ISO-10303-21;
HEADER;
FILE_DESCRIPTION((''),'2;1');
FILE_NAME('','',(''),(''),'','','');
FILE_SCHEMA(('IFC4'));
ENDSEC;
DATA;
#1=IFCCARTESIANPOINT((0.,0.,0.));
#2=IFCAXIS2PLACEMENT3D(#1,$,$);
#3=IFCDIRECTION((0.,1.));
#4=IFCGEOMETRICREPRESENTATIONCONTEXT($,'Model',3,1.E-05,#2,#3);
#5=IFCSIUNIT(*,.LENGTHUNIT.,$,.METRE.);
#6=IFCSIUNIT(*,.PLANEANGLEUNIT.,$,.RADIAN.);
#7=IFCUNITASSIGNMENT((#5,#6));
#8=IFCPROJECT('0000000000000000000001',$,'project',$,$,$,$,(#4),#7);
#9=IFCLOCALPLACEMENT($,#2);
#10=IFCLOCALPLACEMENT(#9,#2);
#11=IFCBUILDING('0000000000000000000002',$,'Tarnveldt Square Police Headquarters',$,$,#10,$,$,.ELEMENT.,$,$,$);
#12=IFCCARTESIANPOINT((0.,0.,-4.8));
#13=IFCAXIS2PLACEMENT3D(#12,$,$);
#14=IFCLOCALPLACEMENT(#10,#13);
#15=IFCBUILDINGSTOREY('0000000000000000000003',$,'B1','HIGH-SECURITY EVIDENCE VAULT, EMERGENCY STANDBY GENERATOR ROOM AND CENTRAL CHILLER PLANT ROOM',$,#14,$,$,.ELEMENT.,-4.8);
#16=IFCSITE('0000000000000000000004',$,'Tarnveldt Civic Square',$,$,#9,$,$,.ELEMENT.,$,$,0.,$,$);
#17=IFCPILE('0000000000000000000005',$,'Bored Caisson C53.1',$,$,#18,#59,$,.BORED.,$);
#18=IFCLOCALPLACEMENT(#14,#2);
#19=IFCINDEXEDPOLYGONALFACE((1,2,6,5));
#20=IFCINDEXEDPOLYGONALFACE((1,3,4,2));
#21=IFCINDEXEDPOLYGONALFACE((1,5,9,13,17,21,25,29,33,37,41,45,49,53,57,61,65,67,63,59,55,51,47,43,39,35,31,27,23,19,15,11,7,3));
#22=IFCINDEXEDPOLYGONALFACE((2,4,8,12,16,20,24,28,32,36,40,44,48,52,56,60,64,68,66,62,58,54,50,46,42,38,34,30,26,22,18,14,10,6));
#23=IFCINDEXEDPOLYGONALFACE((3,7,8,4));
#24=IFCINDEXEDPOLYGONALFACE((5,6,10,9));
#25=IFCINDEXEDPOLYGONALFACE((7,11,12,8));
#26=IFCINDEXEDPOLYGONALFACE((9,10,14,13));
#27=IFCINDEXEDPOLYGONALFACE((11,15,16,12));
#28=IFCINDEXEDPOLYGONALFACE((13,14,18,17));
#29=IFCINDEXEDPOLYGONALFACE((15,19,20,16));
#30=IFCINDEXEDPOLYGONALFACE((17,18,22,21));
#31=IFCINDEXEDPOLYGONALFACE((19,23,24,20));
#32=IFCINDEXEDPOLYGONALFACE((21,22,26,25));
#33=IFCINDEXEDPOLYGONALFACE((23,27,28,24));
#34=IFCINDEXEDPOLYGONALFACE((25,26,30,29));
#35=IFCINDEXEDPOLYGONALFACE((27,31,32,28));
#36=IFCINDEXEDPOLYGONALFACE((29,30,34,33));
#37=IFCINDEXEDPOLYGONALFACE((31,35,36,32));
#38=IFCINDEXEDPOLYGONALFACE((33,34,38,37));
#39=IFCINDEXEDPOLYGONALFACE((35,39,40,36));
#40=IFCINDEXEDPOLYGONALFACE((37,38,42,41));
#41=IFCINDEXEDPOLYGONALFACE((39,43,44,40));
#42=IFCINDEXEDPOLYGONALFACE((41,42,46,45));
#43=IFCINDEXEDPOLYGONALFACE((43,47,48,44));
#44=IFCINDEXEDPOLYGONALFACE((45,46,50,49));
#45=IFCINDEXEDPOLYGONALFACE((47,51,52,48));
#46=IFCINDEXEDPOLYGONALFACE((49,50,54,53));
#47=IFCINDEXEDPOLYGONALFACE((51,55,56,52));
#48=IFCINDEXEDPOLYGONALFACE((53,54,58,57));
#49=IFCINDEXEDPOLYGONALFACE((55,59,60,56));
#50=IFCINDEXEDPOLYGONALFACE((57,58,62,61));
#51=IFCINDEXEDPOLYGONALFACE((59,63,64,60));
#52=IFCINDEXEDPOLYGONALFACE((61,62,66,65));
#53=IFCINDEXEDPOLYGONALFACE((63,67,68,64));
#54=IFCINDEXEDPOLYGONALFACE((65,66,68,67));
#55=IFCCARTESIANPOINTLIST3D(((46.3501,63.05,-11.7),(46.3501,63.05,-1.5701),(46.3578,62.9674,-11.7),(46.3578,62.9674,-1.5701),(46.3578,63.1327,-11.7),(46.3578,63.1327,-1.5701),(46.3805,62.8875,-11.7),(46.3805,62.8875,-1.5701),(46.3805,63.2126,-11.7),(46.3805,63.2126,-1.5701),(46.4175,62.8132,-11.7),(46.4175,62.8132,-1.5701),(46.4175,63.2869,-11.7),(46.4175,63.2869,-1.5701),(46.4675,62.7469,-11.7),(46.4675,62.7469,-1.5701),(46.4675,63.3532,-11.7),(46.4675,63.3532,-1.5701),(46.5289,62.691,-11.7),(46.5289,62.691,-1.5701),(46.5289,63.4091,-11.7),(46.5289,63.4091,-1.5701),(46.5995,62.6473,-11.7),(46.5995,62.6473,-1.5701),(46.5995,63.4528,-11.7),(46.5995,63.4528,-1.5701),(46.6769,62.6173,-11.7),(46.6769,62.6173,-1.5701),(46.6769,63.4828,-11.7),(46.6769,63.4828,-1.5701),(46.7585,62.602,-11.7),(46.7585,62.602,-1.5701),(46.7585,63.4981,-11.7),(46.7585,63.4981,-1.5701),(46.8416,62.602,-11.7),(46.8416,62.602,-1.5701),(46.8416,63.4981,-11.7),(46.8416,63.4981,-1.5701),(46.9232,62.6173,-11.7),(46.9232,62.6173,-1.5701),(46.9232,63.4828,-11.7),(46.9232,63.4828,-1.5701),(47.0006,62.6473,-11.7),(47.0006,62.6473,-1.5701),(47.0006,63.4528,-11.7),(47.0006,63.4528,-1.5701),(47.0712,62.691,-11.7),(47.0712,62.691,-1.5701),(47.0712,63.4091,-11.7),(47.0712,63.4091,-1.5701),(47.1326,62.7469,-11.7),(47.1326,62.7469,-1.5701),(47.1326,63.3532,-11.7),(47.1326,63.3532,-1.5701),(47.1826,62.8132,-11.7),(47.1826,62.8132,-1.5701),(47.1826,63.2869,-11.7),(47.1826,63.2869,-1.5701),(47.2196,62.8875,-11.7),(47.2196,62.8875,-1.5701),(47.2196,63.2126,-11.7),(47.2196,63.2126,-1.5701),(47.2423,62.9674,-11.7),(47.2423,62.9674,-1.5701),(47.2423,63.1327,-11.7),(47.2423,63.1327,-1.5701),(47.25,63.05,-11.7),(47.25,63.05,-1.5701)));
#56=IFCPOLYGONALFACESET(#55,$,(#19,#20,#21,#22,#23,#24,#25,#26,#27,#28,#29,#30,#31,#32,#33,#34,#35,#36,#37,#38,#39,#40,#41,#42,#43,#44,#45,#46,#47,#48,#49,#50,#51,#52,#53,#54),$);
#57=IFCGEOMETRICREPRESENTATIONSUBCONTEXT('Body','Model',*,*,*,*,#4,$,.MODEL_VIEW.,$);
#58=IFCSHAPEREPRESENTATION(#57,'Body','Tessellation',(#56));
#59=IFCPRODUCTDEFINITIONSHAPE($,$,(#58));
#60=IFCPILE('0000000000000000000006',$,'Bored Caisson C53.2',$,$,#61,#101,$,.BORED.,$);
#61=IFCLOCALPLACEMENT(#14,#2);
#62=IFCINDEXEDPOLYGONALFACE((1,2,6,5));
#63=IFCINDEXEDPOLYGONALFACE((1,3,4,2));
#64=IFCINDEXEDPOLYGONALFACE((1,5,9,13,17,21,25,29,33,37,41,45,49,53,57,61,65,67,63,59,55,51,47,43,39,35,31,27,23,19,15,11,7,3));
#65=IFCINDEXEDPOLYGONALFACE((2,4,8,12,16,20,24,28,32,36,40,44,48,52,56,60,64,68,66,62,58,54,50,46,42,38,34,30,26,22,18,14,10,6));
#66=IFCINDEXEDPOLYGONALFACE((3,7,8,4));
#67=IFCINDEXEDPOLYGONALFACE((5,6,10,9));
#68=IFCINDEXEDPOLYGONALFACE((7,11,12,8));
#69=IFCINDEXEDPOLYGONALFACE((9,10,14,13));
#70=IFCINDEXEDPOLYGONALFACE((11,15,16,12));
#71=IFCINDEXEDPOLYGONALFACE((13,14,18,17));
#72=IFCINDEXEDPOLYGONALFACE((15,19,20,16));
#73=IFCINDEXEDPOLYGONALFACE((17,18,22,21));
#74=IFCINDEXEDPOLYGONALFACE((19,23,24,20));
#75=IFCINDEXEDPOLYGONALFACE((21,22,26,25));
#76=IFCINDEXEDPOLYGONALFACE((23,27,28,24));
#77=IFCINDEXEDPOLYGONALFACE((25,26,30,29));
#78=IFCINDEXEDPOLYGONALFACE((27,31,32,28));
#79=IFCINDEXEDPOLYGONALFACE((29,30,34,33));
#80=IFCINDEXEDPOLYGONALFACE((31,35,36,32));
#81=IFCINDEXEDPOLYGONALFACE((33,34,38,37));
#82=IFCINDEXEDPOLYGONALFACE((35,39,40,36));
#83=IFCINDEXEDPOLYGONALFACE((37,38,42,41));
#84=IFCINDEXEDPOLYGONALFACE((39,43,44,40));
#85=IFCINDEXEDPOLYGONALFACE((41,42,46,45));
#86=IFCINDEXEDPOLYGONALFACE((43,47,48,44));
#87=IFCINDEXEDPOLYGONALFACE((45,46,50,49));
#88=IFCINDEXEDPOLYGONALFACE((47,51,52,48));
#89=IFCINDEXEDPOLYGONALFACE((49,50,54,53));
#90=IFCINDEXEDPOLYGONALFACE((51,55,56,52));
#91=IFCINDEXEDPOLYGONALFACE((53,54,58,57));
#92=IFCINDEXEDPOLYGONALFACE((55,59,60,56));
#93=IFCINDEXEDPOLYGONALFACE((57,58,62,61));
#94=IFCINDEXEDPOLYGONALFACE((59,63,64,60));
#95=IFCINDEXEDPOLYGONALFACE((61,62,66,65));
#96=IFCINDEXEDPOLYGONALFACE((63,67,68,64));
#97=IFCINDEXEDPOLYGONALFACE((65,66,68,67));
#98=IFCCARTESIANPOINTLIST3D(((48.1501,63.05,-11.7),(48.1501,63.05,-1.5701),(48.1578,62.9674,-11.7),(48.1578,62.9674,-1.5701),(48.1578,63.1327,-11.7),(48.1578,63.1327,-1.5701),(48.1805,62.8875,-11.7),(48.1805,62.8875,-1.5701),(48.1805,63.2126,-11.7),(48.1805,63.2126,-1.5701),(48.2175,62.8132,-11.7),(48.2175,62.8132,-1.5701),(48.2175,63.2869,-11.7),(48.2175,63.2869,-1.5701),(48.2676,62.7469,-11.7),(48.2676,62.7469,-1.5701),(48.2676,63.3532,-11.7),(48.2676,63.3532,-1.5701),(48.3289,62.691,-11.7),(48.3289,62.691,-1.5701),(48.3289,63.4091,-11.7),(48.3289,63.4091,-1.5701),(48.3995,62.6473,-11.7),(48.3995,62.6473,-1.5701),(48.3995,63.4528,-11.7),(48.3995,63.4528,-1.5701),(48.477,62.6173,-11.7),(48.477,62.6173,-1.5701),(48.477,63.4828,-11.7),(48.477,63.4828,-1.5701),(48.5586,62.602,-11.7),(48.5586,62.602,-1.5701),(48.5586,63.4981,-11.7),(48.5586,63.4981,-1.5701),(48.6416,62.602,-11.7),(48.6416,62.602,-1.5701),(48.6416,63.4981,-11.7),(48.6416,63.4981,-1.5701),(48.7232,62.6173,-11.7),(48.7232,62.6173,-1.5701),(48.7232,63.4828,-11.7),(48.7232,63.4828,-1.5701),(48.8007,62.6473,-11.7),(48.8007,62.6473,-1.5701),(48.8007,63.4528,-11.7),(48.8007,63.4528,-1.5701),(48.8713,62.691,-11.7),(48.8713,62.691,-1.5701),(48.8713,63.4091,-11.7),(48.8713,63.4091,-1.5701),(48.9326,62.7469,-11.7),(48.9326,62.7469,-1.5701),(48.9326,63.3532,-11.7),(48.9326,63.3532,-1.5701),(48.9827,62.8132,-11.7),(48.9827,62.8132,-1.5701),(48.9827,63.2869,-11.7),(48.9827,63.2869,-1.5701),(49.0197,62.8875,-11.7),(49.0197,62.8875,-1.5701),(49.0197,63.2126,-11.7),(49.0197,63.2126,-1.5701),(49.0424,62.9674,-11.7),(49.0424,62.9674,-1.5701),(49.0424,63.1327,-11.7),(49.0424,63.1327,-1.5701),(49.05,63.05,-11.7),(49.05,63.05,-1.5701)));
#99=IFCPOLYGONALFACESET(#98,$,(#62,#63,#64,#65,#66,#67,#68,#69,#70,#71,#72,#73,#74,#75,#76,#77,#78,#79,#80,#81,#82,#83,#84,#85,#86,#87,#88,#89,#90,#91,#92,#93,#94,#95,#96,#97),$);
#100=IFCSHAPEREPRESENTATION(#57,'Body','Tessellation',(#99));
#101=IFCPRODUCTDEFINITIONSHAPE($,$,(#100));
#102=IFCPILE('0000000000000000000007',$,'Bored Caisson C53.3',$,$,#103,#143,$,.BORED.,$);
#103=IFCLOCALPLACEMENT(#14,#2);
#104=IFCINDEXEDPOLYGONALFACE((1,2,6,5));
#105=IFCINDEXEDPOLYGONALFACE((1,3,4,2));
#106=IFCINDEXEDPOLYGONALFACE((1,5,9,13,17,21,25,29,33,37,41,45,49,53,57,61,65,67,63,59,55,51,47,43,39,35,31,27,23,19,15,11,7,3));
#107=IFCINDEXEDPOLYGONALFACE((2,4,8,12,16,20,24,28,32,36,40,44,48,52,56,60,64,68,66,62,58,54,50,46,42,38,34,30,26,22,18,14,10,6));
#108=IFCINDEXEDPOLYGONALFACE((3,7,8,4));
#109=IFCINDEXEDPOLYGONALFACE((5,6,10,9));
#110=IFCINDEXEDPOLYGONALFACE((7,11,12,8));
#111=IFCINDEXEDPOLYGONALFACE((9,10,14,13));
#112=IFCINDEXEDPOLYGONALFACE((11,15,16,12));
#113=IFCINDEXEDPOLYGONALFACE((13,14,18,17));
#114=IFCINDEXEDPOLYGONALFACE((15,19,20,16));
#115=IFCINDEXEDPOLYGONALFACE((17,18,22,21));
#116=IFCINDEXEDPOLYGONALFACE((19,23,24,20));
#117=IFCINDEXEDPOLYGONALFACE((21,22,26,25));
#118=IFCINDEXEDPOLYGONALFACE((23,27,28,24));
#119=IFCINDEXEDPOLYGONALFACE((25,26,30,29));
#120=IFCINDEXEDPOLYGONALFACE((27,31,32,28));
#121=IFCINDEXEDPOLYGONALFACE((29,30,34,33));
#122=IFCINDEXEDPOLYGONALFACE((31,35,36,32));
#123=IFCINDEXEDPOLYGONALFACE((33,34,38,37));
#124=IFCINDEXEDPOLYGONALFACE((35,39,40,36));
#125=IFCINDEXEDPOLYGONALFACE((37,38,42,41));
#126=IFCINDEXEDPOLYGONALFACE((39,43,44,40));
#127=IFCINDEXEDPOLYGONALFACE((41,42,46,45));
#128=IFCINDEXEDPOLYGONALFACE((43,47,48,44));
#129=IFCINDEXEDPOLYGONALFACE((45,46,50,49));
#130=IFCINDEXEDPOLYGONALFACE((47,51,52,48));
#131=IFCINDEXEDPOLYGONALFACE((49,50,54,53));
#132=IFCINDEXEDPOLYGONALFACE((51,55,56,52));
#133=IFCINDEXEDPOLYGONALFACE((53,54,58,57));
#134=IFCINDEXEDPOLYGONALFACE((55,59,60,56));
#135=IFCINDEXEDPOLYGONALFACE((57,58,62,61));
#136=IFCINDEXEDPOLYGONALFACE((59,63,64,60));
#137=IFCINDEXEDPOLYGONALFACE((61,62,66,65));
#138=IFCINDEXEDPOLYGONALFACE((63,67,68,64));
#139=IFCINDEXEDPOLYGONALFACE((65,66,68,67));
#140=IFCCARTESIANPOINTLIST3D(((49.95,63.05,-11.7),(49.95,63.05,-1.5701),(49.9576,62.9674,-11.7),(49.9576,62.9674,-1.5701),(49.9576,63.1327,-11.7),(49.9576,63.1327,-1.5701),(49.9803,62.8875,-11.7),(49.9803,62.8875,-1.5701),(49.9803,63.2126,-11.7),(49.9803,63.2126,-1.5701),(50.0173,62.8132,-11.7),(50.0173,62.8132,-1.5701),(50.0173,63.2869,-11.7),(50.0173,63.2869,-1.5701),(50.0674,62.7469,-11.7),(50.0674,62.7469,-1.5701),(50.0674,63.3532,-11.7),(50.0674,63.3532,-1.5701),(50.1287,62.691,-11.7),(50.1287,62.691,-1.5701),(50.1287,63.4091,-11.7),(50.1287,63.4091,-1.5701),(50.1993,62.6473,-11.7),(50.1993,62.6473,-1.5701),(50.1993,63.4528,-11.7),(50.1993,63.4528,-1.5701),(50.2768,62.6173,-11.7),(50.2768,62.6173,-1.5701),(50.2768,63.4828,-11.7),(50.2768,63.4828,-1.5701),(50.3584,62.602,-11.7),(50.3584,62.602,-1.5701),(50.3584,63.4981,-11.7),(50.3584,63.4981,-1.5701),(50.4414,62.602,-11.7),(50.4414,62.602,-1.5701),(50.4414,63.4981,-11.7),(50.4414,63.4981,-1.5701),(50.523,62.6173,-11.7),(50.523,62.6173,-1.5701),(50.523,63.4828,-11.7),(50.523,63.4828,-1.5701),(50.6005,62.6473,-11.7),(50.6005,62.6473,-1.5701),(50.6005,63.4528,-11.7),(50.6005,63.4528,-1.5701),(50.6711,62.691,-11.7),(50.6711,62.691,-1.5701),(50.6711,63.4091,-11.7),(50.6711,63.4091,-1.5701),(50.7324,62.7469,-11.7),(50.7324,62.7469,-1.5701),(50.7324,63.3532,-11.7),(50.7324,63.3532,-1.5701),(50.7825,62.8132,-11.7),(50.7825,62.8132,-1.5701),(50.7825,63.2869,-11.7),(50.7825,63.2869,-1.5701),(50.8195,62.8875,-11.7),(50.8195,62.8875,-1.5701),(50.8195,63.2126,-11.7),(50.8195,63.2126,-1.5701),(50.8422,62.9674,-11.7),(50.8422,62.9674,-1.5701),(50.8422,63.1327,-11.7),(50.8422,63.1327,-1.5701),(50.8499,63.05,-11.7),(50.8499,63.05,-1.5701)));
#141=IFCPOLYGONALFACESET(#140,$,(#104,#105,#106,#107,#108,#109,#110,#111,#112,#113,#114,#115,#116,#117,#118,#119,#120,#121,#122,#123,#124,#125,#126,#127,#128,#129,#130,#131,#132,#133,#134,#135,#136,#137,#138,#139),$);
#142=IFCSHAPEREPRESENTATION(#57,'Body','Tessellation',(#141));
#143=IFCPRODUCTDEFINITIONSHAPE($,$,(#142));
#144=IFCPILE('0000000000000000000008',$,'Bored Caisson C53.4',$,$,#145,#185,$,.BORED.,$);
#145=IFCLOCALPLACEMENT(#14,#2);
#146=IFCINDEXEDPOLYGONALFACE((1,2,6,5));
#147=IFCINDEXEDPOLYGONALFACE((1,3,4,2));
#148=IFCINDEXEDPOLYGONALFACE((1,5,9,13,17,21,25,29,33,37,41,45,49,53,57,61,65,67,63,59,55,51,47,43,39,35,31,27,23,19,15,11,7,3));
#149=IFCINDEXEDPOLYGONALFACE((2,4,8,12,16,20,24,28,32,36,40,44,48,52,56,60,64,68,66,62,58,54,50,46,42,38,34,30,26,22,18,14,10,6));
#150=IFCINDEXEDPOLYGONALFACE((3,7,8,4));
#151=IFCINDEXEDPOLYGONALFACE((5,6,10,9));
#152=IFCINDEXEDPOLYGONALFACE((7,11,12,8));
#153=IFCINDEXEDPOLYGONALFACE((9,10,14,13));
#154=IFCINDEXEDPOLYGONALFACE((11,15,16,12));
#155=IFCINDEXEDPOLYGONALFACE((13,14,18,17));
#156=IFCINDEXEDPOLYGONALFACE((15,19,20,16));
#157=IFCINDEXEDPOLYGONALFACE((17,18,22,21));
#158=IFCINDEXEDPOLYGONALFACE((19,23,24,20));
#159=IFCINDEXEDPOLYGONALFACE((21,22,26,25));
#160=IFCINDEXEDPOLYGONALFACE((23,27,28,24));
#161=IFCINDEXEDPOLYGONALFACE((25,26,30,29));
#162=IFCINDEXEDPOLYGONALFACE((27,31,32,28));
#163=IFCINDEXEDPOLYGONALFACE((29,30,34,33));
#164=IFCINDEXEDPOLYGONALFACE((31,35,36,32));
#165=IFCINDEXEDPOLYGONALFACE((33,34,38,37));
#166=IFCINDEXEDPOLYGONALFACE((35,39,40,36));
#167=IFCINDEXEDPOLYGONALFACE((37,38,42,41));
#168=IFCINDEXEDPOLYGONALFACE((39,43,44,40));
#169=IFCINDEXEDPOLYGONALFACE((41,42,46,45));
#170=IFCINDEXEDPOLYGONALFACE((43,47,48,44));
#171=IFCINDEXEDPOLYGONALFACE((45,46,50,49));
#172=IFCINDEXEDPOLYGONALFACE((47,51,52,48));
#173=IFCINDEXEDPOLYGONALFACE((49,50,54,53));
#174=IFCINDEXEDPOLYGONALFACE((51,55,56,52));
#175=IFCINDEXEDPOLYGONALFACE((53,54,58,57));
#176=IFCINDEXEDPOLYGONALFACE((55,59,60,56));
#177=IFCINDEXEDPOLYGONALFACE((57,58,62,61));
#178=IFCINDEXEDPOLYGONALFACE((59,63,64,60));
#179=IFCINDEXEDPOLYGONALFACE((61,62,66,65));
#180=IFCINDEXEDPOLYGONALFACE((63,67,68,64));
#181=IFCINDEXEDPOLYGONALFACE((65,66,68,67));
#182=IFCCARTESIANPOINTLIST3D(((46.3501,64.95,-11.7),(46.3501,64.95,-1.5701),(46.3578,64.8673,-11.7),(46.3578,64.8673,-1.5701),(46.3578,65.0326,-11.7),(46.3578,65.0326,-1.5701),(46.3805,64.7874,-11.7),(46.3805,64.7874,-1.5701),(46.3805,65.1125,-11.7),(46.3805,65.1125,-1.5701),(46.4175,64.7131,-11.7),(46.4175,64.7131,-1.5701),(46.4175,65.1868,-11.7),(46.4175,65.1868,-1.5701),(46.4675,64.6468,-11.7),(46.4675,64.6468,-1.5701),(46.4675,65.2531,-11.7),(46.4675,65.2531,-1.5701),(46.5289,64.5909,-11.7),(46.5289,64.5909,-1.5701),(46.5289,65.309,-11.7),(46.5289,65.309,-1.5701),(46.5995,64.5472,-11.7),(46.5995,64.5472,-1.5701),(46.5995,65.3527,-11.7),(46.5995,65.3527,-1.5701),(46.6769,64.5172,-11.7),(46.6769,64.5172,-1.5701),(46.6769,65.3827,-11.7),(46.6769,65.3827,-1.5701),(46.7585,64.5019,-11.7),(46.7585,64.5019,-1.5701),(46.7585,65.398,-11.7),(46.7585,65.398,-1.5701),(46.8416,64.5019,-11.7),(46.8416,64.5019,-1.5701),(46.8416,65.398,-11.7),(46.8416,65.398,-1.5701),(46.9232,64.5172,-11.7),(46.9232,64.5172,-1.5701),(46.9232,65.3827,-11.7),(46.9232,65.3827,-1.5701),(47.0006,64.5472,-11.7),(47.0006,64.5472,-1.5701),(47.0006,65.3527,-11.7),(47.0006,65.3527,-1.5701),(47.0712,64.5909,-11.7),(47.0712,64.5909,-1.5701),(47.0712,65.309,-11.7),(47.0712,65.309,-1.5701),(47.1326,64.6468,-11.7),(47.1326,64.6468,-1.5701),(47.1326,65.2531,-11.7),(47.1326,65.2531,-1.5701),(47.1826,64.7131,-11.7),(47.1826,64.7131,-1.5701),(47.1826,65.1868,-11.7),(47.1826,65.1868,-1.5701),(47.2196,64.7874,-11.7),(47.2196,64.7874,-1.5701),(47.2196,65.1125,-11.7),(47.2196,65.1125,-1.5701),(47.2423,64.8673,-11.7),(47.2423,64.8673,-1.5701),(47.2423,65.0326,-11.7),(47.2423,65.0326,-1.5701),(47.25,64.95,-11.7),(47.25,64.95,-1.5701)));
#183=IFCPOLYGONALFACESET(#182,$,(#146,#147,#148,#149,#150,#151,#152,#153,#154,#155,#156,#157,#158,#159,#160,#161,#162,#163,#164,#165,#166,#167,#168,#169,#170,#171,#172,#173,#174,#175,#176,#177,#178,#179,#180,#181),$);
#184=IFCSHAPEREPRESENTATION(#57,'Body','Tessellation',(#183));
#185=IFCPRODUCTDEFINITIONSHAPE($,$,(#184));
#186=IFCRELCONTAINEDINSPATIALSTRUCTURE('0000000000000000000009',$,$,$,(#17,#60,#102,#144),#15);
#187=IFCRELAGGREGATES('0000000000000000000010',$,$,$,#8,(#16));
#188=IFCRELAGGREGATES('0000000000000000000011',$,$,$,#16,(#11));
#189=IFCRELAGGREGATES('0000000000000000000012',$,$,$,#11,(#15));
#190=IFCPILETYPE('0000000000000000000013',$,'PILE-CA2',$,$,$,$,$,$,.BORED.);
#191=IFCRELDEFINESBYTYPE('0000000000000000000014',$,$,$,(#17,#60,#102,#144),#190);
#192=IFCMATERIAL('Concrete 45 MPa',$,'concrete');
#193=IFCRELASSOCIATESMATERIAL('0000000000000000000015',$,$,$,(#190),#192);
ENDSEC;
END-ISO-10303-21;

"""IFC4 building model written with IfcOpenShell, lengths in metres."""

from ifc_helpers import new_model, si_unit, direction, frame, origin, origin_2d, place, context, subcontext, project, spatial, circle, extrude, material, material_profile, profile_set, type_object, element, save


model = new_model("IFC4")

# Units and contexts
model_context = context("Model", 3, precision=1e-05, world=origin(), true_north=direction((0.0, 1.0)))
body_context = subcontext(model_context, "Body", "Model", "MODEL_VIEW")
ifc_project = project(units=[si_unit("LENGTHUNIT", "METRE"), si_unit("PLANEANGLEUNIT", "RADIAN")], contexts=[model_context])

# Site, building, storey
site_placement = place(None, origin())
site = spatial("IfcSite", under=ifc_project, at=site_placement, Name="Tarnveldt Civic Square", CompositionType="ELEMENT", RefElevation=0.0)
building_placement = place(site_placement, origin())
building = spatial("IfcBuilding", under=site, at=building_placement, Name="Tarnveldt Square Police Headquarters", CompositionType="ELEMENT")
storey_placement = place(building_placement, frame((0.0, 0.0, -4.8)))
storey = spatial("IfcBuildingStorey", under=building, at=storey_placement, Name="B1", Description="HIGH-SECURITY EVIDENCE VAULT, EMERGENCY STANDBY GENERATOR ROOM AND CENTRAL CHILLER PLANT ROOM", CompositionType="ELEMENT", Elevation=-4.8)

# Shared definitions
ifc_material_1 = material(Name="Concrete 45 MPa", Category="concrete")

# Piles
ifc_material_profile_1 = material_profile(ifc_material_1, circle(Radius=0.45, at=origin_2d()), Name="CAISSON-D900")
ifc_profile_set_1 = profile_set([ifc_material_profile_1], Name="Concrete 45 MPa")
pile_type_1 = type_object("IfcPileType", Name="PILE-CA2", PredefinedType="BORED", material=ifc_profile_set_1)
for number, where, z_axis, x_axis, name in (
    (1, (46.8, 63.05, -1.5701), (0.0, 0.0, -1.0), (1.0, 0.0, 0.0), "Bored Caisson C53.1"),
    (2, (48.6001, 63.05, -1.5701), (0.0, 0.0, -1.0), (1.0, 0.0, 0.0), "Bored Caisson C53.2"),
    (3, (50.3999, 63.05, -1.5701), (0.0, 0.0, -1.0), (1.0, 0.0, 0.0), "Bored Caisson C53.3"),
    (4, (46.8, 64.95, -1.5701), (0.0, 0.0, -1.0), (1.0, 0.0, 0.0), "Bored Caisson C53.4"),
):
    element("IfcPile", number, at=place(storey_placement, frame(where, z_axis=z_axis, x_axis=x_axis)), inside=storey, type_object=pile_type_1, Name=name, PredefinedType="BORED", context=body_context, shape_type="SweptSolid", body=[
        extrude(circle(Radius=0.45, at=origin_2d()), origin(), (0.0, 0.0, 1.0), 10.1299),
    ])

save(model, "model.ifc")
